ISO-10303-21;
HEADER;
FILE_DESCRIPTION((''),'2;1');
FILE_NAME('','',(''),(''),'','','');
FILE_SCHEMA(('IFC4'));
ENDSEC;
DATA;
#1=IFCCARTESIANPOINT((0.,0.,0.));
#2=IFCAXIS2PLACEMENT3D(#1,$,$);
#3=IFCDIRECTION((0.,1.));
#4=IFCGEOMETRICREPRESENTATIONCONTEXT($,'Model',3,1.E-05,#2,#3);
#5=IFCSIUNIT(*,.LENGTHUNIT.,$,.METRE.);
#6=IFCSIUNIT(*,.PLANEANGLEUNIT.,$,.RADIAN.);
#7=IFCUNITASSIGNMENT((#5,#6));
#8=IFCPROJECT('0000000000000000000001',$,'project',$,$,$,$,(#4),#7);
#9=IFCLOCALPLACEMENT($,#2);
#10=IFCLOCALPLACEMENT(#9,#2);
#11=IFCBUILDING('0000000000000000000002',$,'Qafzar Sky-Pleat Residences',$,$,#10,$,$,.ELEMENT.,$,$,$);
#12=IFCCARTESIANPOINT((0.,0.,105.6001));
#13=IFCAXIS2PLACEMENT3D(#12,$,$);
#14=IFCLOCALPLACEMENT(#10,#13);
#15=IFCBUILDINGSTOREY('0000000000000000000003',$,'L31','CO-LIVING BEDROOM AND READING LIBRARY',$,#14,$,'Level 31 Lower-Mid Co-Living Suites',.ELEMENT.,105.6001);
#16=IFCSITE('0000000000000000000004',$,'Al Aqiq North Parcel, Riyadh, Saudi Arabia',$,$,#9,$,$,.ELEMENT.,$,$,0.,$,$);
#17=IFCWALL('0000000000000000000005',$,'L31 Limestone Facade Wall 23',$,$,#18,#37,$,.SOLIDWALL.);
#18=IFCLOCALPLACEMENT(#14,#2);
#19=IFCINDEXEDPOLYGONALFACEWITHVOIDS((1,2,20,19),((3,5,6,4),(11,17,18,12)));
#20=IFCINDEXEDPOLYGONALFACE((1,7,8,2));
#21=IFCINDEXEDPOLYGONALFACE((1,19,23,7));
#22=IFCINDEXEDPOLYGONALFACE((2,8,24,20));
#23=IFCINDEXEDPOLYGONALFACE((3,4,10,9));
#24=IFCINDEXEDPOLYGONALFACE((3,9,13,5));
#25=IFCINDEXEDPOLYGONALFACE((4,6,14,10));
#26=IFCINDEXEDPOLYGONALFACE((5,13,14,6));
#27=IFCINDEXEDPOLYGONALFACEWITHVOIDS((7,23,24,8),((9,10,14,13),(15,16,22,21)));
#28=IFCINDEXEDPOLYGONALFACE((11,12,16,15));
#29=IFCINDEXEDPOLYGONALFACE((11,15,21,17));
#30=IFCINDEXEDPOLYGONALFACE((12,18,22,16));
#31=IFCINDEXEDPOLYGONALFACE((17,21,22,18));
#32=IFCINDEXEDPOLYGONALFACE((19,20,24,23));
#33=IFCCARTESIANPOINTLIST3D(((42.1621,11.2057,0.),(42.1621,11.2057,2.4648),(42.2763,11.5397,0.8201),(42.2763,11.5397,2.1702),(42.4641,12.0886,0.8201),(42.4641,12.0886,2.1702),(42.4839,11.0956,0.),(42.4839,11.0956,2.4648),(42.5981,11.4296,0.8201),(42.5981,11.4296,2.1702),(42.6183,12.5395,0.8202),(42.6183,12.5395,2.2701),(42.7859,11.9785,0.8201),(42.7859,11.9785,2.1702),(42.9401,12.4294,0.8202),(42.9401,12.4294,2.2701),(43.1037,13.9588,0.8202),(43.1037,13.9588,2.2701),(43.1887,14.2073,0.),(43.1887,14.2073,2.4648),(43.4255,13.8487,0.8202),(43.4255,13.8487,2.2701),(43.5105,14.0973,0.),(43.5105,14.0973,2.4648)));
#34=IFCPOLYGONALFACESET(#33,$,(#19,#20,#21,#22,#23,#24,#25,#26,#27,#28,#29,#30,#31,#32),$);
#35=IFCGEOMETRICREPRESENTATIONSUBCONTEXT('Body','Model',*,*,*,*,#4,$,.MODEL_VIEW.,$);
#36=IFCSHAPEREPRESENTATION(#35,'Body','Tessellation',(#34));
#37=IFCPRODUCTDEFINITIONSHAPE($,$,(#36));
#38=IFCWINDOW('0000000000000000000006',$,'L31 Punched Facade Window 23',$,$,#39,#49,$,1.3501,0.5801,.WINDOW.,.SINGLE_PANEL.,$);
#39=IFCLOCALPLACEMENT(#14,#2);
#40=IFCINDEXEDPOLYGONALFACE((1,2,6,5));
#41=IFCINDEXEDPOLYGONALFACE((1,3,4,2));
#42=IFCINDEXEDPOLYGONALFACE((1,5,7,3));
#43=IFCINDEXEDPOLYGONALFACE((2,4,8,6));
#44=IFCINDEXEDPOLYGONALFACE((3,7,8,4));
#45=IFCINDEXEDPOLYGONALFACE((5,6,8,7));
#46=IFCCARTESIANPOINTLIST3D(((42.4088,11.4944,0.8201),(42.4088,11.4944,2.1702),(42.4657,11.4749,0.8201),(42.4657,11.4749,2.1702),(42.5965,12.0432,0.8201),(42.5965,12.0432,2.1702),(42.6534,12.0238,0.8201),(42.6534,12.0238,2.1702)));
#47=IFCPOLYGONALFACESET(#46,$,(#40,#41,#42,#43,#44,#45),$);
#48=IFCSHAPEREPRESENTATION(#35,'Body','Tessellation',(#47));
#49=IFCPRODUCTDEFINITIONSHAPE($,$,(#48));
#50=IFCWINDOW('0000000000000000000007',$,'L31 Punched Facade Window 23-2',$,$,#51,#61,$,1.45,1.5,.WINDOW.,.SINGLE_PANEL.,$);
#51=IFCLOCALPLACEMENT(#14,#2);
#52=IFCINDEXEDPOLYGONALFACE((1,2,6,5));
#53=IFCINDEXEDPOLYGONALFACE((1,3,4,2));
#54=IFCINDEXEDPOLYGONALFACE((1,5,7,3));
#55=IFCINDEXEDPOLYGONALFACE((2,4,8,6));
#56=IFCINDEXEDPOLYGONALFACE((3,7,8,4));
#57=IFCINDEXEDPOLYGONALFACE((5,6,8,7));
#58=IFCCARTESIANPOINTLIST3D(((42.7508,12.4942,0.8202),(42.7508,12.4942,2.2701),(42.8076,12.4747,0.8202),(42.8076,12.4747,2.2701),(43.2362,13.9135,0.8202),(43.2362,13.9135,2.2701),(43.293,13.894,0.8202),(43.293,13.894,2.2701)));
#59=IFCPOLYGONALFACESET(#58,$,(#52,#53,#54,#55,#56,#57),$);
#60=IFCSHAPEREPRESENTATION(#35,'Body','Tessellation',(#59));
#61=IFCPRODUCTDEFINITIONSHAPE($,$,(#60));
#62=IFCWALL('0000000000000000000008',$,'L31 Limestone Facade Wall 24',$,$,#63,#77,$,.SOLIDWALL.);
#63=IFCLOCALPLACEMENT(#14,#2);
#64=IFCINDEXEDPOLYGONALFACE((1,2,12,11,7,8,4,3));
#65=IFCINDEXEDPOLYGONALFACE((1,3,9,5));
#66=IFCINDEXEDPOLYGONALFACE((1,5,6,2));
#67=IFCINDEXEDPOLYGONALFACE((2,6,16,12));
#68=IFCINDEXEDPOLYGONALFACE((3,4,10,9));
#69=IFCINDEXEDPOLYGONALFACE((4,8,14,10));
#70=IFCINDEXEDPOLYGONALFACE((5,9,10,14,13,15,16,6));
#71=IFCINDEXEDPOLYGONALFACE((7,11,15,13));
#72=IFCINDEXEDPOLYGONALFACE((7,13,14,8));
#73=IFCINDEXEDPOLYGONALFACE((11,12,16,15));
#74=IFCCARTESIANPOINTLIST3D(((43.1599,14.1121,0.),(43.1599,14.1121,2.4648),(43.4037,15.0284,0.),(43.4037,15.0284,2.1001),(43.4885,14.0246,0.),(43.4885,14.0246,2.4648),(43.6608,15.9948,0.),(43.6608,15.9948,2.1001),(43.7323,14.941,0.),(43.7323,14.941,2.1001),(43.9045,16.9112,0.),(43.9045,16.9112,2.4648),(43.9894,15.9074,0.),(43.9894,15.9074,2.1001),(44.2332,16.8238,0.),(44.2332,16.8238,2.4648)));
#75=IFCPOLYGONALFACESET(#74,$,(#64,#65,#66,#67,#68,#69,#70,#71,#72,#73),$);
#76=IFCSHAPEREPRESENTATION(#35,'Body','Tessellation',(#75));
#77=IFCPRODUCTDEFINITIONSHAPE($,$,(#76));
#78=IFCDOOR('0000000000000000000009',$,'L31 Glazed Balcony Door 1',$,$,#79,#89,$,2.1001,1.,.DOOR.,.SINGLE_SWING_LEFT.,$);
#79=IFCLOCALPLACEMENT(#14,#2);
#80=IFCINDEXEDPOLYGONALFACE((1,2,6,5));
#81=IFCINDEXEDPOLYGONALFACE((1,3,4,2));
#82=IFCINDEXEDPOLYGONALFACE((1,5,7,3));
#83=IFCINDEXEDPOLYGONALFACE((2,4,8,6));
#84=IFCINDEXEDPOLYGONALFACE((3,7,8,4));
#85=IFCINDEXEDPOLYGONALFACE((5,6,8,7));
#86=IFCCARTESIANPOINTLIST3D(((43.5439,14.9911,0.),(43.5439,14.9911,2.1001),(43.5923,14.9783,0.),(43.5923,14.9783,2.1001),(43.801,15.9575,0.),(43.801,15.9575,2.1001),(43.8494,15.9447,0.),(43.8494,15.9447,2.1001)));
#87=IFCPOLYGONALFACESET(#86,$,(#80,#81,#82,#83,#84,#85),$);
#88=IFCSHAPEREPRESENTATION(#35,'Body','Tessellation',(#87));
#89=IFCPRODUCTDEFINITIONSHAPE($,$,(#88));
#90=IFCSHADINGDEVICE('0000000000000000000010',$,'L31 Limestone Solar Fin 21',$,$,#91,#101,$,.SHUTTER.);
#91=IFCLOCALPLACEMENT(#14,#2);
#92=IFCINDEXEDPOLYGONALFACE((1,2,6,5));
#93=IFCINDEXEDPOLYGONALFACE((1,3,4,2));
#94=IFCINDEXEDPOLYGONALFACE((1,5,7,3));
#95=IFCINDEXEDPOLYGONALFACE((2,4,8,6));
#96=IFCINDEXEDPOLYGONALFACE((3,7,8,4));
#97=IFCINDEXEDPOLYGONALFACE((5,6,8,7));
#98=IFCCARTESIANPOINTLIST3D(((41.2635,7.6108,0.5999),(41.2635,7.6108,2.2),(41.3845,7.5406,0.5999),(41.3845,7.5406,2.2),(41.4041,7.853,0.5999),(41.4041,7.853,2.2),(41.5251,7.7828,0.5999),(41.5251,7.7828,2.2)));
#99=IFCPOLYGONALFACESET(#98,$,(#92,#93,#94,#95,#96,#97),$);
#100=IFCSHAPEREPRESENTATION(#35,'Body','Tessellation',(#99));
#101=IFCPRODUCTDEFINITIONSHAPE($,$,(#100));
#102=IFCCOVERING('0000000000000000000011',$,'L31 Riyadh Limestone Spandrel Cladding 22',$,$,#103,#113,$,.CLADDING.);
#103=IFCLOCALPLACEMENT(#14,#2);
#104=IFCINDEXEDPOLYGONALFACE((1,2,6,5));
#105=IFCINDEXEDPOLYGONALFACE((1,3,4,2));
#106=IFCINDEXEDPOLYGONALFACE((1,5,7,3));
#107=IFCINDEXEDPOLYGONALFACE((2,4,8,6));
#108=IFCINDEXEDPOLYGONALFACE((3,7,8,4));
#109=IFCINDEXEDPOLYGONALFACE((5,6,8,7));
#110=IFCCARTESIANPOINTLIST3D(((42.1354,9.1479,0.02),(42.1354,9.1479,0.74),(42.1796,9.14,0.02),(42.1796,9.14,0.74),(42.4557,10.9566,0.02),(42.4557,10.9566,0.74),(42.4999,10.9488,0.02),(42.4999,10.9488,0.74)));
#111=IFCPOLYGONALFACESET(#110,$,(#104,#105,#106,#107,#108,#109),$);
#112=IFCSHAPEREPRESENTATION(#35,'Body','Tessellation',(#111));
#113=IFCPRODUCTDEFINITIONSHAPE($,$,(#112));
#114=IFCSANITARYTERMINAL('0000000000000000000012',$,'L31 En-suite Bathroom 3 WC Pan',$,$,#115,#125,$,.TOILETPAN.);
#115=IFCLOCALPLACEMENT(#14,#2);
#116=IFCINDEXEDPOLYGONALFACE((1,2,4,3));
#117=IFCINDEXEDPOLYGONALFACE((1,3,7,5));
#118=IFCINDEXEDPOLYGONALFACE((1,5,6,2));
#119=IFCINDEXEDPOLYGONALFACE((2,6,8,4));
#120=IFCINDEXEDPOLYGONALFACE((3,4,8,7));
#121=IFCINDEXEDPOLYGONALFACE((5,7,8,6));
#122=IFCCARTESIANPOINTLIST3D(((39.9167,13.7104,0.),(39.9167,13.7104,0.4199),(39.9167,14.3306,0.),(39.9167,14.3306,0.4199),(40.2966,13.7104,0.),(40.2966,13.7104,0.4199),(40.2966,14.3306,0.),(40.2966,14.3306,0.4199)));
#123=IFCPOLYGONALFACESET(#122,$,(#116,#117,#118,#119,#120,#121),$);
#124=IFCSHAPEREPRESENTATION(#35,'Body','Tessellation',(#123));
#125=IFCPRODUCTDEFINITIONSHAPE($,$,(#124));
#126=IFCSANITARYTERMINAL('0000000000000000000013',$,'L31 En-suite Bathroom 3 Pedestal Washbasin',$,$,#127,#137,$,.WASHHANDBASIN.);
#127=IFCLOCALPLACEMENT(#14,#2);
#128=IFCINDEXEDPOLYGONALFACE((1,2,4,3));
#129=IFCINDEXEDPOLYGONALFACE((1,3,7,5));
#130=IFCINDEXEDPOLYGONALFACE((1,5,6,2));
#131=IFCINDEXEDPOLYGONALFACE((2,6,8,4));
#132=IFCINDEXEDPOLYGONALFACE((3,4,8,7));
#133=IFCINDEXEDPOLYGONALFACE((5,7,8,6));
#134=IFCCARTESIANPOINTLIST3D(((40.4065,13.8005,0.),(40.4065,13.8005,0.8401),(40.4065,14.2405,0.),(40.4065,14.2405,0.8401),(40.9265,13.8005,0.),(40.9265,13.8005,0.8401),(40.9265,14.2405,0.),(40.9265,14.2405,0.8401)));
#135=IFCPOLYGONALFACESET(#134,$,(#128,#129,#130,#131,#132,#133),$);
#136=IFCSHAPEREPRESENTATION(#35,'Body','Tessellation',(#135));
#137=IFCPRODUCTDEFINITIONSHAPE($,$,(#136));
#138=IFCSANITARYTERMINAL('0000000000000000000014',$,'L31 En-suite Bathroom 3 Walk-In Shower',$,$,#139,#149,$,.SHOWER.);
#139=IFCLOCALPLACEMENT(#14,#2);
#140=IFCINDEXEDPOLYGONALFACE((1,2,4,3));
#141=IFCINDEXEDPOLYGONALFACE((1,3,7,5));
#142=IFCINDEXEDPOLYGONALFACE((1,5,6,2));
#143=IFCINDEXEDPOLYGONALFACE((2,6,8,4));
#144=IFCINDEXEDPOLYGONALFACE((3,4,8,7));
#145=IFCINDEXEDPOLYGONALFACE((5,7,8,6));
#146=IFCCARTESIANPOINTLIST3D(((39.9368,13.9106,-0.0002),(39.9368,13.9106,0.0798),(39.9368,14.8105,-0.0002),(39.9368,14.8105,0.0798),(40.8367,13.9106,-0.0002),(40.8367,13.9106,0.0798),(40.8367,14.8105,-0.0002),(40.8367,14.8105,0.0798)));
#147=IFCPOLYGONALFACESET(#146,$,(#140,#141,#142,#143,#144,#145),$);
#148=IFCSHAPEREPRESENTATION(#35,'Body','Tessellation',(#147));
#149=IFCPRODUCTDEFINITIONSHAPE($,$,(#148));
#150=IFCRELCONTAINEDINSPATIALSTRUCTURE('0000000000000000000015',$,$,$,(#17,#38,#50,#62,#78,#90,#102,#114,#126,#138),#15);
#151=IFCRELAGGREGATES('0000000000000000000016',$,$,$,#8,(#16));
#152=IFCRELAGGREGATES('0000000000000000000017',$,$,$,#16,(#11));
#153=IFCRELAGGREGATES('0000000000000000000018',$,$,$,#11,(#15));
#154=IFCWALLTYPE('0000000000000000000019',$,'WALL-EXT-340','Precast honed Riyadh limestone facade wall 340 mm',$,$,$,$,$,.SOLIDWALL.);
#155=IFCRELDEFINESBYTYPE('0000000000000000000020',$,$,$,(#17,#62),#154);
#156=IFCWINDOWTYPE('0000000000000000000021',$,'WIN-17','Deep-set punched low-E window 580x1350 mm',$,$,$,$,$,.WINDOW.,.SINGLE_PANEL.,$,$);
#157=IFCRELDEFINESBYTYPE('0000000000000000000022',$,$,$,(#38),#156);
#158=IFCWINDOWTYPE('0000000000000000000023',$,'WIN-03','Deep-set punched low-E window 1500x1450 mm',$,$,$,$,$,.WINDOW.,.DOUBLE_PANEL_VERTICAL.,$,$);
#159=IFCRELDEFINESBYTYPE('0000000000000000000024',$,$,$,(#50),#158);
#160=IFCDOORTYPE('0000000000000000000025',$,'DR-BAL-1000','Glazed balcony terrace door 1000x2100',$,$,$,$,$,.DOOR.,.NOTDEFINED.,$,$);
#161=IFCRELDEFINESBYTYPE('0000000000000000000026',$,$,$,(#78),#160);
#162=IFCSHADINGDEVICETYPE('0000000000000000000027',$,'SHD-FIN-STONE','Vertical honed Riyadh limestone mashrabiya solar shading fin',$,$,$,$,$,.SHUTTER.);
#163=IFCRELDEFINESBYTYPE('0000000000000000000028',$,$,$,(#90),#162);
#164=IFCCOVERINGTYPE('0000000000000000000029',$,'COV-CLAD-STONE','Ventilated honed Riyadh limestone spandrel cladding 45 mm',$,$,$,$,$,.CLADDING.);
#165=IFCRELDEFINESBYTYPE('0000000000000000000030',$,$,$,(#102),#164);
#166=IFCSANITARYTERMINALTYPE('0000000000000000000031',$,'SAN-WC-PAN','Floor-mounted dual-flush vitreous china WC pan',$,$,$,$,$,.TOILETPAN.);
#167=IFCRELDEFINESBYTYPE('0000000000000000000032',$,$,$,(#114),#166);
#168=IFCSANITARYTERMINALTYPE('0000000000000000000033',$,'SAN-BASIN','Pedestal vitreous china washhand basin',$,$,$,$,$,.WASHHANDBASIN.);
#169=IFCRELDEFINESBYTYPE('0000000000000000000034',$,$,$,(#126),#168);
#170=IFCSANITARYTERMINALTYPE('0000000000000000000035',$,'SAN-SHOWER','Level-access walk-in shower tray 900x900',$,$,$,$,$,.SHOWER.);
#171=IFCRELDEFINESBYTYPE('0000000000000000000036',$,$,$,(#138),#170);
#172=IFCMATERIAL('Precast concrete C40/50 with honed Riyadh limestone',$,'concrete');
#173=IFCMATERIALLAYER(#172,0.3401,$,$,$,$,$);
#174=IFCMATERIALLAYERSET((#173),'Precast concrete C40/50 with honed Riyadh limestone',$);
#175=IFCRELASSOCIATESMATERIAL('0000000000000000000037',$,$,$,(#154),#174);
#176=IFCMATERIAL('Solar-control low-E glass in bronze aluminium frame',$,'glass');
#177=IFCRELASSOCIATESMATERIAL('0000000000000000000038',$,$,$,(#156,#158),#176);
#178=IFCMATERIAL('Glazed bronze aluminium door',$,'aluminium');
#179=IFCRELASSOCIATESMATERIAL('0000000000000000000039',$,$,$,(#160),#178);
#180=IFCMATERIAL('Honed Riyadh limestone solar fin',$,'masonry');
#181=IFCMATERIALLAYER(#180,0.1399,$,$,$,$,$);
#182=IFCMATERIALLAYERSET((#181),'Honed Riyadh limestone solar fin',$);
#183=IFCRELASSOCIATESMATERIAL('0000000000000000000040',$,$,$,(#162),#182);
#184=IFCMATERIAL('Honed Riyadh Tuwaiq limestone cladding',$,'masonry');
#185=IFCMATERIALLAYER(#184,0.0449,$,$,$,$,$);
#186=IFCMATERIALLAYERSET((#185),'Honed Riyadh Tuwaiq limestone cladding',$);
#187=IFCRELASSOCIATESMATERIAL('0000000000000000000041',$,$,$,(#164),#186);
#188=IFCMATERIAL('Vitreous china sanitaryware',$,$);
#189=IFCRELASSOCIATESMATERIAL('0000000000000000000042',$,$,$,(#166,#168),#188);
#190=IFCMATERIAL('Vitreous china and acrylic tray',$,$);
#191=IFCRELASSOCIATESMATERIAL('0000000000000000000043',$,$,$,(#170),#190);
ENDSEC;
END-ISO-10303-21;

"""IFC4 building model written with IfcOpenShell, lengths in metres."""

from ifc_helpers import new_model, si_unit, direction, frame, frame_2d, origin, origin_2d, place, context, subcontext, project, spatial, rectangle, extrude, source, transform, mapped, material, layer, layer_set, type_object, element, fill, save


model = new_model("IFC4")

# Units and contexts
model_context = context("Model", 3, precision=1e-05, world=origin(), true_north=direction((0.0, 1.0)))
body_context = subcontext(model_context, "Body", "Model", "MODEL_VIEW")
ifc_project = project(units=[si_unit("LENGTHUNIT", "METRE"), si_unit("PLANEANGLEUNIT", "RADIAN")], contexts=[model_context])

# Site, building, storey
site_placement = place(None, origin())
site = spatial("IfcSite", under=ifc_project, at=site_placement, Name="Al Aqiq North Parcel, Riyadh, Saudi Arabia", CompositionType="ELEMENT", RefElevation=0.0)
building_placement = place(site_placement, origin())
building = spatial("IfcBuilding", under=site, at=building_placement, Name="Qafzar Sky-Pleat Residences", CompositionType="ELEMENT")
storey_placement = place(building_placement, frame((0.0, 0.0, 105.6001)))
storey = spatial("IfcBuildingStorey", under=building, at=storey_placement, Name="L31", Description="CO-LIVING BEDROOM AND READING LIBRARY", LongName="Level 31 Lower-Mid Co-Living Suites", CompositionType="ELEMENT", Elevation=105.6001)

# Shared definitions
ifc_material_1 = material(Name="Precast concrete C40/50 with honed Riyadh limestone", Category="concrete")
ifc_layer_1 = layer(ifc_material_1, 0.3401)
ifc_layer_set_1 = layer_set([ifc_layer_1], Name="Precast concrete C40/50 with honed Riyadh limestone")
wall_type_1 = type_object("IfcWallType", Name="WALL-EXT-340", Description="Precast honed Riyadh limestone facade wall 340 mm", PredefinedType="SOLIDWALL", material=ifc_layer_set_1)
ifc_material_2 = material(Name="Solar-control low-E glass in bronze aluminium frame", Category="glass")

# Wall, openings, windows
wall_1_placement = place(storey_placement, frame((42.323, 11.1506, 0.0), z_axis=(0.0, 0.0, 1.0), x_axis=(0.323606, 0.946192, 0.0)))
wall_1 = element("IfcWall", 1, at=wall_1_placement, inside=storey, type_object=wall_type_1, Name="L31 Limestone Facade Wall 23", PredefinedType="SOLIDWALL", context=body_context, shape_type="SweptSolid", body=[
    extrude(rectangle(XDim=3.1724, YDim=0.3401, at=frame_2d((1.5862, 0.0))), origin(), (0.0, 0.0, 1.0), 2.4648),
])
opening_1_placement = place(wall_1_placement, frame((0.353, 0.0, 0.8201)))
opening_1 = element("IfcOpeningElement", 2, at=opening_1_placement, cuts=wall_1, PredefinedType="OPENING", context=body_context, shape_type="SweptSolid", body=[
    extrude(rectangle(XDim=0.5801, YDim=1.3501, at=frame_2d((0.29, 0.675))), frame((0.0, 0.1802, 0.0), z_axis=(0.0, -1.0, 0.0), x_axis=(1.0, 0.0, 0.0)), (0.0, 0.0, 1.0), 0.3601),
])
opening_2_placement = place(wall_1_placement, frame((1.4097, 0.0, 0.8201)))
opening_2 = element("IfcOpeningElement", 3, at=opening_2_placement, cuts=wall_1, PredefinedType="OPENING", context=body_context, shape_type="SweptSolid", body=[
    extrude(rectangle(XDim=1.5, YDim=1.45, at=frame_2d((0.75, 0.7251))), frame((0.0, 0.1802, 0.0), z_axis=(0.0, -1.0, 0.0), x_axis=(1.0, 0.0, 0.0)), (0.0, 0.0, 1.0), 0.3601),
])
window_type_1 = type_object("IfcWindowType", Name="WIN-17", Description="Deep-set punched low-E window 580x1350 mm", PartitioningType="SINGLE_PANEL", PredefinedType="WINDOW", material=ifc_material_2)
shared_shape_1 = source(origin(), body_context, "Body", "SweptSolid", [
    extrude(rectangle(XDim=0.5801, YDim=1.3501, at=frame_2d((0.29, 0.675))), frame((0.0, 0.03, 0.0), z_axis=(0.0, -1.0, 0.0), x_axis=(1.0, 0.0, 0.0)), (0.0, 0.0, 1.0), 0.0601),
])
window_1_placement = place(opening_1_placement, origin())
window_1 = element("IfcWindow", 4, at=window_1_placement, inside=storey, type_object=window_type_1, Name="L31 Punched Facade Window 23", OverallHeight=1.3501, OverallWidth=0.5801, PartitioningType="SINGLE_PANEL", PredefinedType="WINDOW", context=body_context, shape_type="MappedRepresentation", body=[
    mapped(shared_shape_1, transform((0.0, 0.0, 0.0), x_axis=(1.0, 0.0, 0.0), y_axis=(0.0, 1.0, 0.0), z_axis=(0.0, 0.0, 1.0), scale=1.0)),
])
fill(opening_1, window_1)
window_type_2 = type_object("IfcWindowType", Name="WIN-03", Description="Deep-set punched low-E window 1500x1450 mm", PartitioningType="DOUBLE_PANEL_VERTICAL", PredefinedType="WINDOW", material=ifc_material_2)
shared_shape_2 = source(origin(), body_context, "Body", "SweptSolid", [
    extrude(rectangle(XDim=1.5, YDim=1.45, at=frame_2d((0.75, 0.7251))), frame((0.0, 0.03, 0.0), z_axis=(0.0, -1.0, 0.0), x_axis=(1.0, 0.0, 0.0)), (0.0, 0.0, 1.0), 0.0601),
])
window_2_placement = place(opening_2_placement, origin())
window_2 = element("IfcWindow", 5, at=window_2_placement, inside=storey, type_object=window_type_2, Name="L31 Punched Facade Window 23-2", OverallHeight=1.45, OverallWidth=1.5, PartitioningType="SINGLE_PANEL", PredefinedType="WINDOW", context=body_context, shape_type="MappedRepresentation", body=[
    mapped(shared_shape_2, transform((0.0, 0.0, 0.0), x_axis=(1.0, 0.0, 0.0), y_axis=(0.0, 1.0, 0.0), z_axis=(0.0, 0.0, 1.0), scale=1.0)),
])
fill(opening_2, window_2)

# Wall, opening, door
wall_2_placement = place(storey_placement, frame((43.3242, 14.0684, 0.0), z_axis=(0.0, 0.0, 1.0), x_axis=(0.257086, 0.966389, 0.0)))
wall_2 = element("IfcWall", 6, at=wall_2_placement, inside=storey, type_object=wall_type_1, Name="L31 Limestone Facade Wall 24", PredefinedType="SOLIDWALL", context=body_context, shape_type="SweptSolid", body=[
    extrude(rectangle(XDim=2.8965, YDim=0.3401, at=frame_2d((1.4482, 0.0))), origin(), (0.0, 0.0, 1.0), 2.4648),
])
opening_3_placement = place(wall_2_placement, frame((0.9482, 0.0, 0.0)))
opening_3 = element("IfcOpeningElement", 7, at=opening_3_placement, cuts=wall_2, PredefinedType="OPENING", context=body_context, shape_type="SweptSolid", body=[
    extrude(rectangle(XDim=1.0, YDim=2.1001, at=frame_2d((0.5, 1.05))), frame((0.0, 0.1802, 0.0), z_axis=(0.0, -1.0, 0.0), x_axis=(1.0, 0.0, 0.0)), (0.0, 0.0, 1.0), 0.3601),
])
ifc_material_3 = material(Name="Glazed bronze aluminium door", Category="aluminium")
door_type_1 = type_object("IfcDoorType", Name="DR-BAL-1000", Description="Glazed balcony terrace door 1000x2100", OperationType="NOTDEFINED", PredefinedType="DOOR", material=ifc_material_3)
shared_shape_3 = source(origin(), body_context, "Body", "SweptSolid", [
    extrude(rectangle(XDim=1.0, YDim=2.1001, at=frame_2d((0.5, 1.05))), frame((0.0, 0.0249, 0.0), z_axis=(0.0, -1.0, 0.0), x_axis=(1.0, 0.0, 0.0)), (0.0, 0.0, 1.0), 0.05),
])
door_1_placement = place(opening_3_placement, origin())
door_1 = element("IfcDoor", 8, at=door_1_placement, inside=storey, type_object=door_type_1, Name="L31 Glazed Balcony Door 1", OperationType="SINGLE_SWING_LEFT", OverallHeight=2.1001, OverallWidth=1.0, PredefinedType="DOOR", context=body_context, shape_type="MappedRepresentation", body=[
    mapped(shared_shape_3, transform((0.0, 0.0, 0.0), x_axis=(1.0, 0.0, 0.0), y_axis=(0.0, 1.0, 0.0), z_axis=(0.0, 0.0, 1.0), scale=1.0)),
])
fill(opening_3, door_1)

# Shading device
ifc_material_4 = material(Name="Honed Riyadh limestone solar fin", Category="masonry")
ifc_layer_2 = layer(ifc_material_4, 0.1399)
ifc_layer_set_2 = layer_set([ifc_layer_2], Name="Honed Riyadh limestone solar fin")
shading_device_type = type_object("IfcShadingDeviceType", Name="SHD-FIN-STONE", Description="Vertical honed Riyadh limestone mashrabiya solar shading fin", PredefinedType="SHUTTER", material=ifc_layer_set_2)
shared_shape_4 = source(origin(), body_context, "Body", "SweptSolid", [
    extrude(rectangle(XDim=0.1399, YDim=0.28, at=origin_2d()), origin(), (0.0, 0.0, 1.0), 1.6001),
])
shading_device_placement = place(storey_placement, frame((41.3943, 7.6968, 0.5999), z_axis=(0.0, 0.0, 1.0), x_axis=(0.864887, -0.501967, 0.0)))
element("IfcShadingDevice", 9, at=shading_device_placement, inside=storey, type_object=shading_device_type, Name="L31 Limestone Solar Fin 21", PredefinedType="SHUTTER", context=body_context, shape_type="MappedRepresentation", body=[
    mapped(shared_shape_4, transform((0.0, 0.0, 0.0), x_axis=(1.0, 0.0, 0.0), y_axis=(0.0, 1.0, 0.0), z_axis=(0.0, 0.0, 1.0), scale=1.0)),
])

# Covering
ifc_material_5 = material(Name="Honed Riyadh Tuwaiq limestone cladding", Category="masonry")
ifc_layer_3 = layer(ifc_material_5, 0.0449)
ifc_layer_set_3 = layer_set([ifc_layer_3], Name="Honed Riyadh Tuwaiq limestone cladding")
covering_type = type_object("IfcCoveringType", Name="COV-CLAD-STONE", Description="Ventilated honed Riyadh limestone spandrel cladding 45 mm", PredefinedType="CLADDING", material=ifc_layer_set_3)
shared_shape_5 = source(origin(), body_context, "Body", "SweptSolid", [
    extrude(rectangle(XDim=1.8369, YDim=0.0449, at=origin_2d()), origin(), (0.0, 0.0, 1.0), 0.72),
])
covering_placement = place(storey_placement, frame((42.3176, 10.0483, 0.02), z_axis=(0.0, 0.0, 1.0), x_axis=(0.174369, 0.98468, 0.0)))
element("IfcCovering", 10, at=covering_placement, inside=storey, type_object=covering_type, Name="L31 Riyadh Limestone Spandrel Cladding 22", PredefinedType="CLADDING", context=body_context, shape_type="MappedRepresentation", body=[
    mapped(shared_shape_5, transform((0.0, 0.0, 0.0), x_axis=(1.0, 0.0, 0.0), y_axis=(0.0, 1.0, 0.0), z_axis=(0.0, 0.0, 1.0), scale=1.0)),
])

# Sanitary terminals
ifc_material_6 = material(Name="Vitreous china sanitaryware")
sanitary_terminal_type_1 = type_object("IfcSanitaryTerminalType", Name="SAN-WC-PAN", Description="Floor-mounted dual-flush vitreous china WC pan", PredefinedType="TOILETPAN", material=ifc_material_6)
shared_shape_6 = source(origin(), body_context, "Body", "SweptSolid", [
    extrude(rectangle(XDim=0.3799, YDim=0.6201, at=origin_2d()), origin(), (0.0, 0.0, 1.0), 0.4199),
])
sanitary_terminal_1_placement = place(storey_placement, frame((40.1067, 14.0205, 0.0), z_axis=(0.0, 0.0, 1.0), x_axis=(1.0, 0.0, 0.0)))
element("IfcSanitaryTerminal", 11, at=sanitary_terminal_1_placement, inside=storey, type_object=sanitary_terminal_type_1, Name="L31 En-suite Bathroom 3 WC Pan", PredefinedType="TOILETPAN", context=body_context, shape_type="MappedRepresentation", body=[
    mapped(shared_shape_6, transform((0.0, 0.0, 0.0), x_axis=(1.0, 0.0, 0.0), y_axis=(0.0, 1.0, 0.0), z_axis=(0.0, 0.0, 1.0), scale=1.0)),
])
sanitary_terminal_type_2 = type_object("IfcSanitaryTerminalType", Name="SAN-BASIN", Description="Pedestal vitreous china washhand basin", PredefinedType="WASHHANDBASIN", material=ifc_material_6)
shared_shape_7 = source(origin(), body_context, "Body", "SweptSolid", [
    extrude(rectangle(XDim=0.52, YDim=0.4399, at=origin_2d()), origin(), (0.0, 0.0, 1.0), 0.8401),
])
sanitary_terminal_2_placement = place(storey_placement, frame((40.6665, 14.0205, 0.0), z_axis=(0.0, 0.0, 1.0), x_axis=(1.0, 0.0, 0.0)))
element("IfcSanitaryTerminal", 12, at=sanitary_terminal_2_placement, inside=storey, type_object=sanitary_terminal_type_2, Name="L31 En-suite Bathroom 3 Pedestal Washbasin", PredefinedType="WASHHANDBASIN", context=body_context, shape_type="MappedRepresentation", body=[
    mapped(shared_shape_7, transform((0.0, 0.0, 0.0), x_axis=(1.0, 0.0, 0.0), y_axis=(0.0, 1.0, 0.0), z_axis=(0.0, 0.0, 1.0), scale=1.0)),
])
ifc_material_7 = material(Name="Vitreous china and acrylic tray")
sanitary_terminal_type_3 = type_object("IfcSanitaryTerminalType", Name="SAN-SHOWER", Description="Level-access walk-in shower tray 900x900", PredefinedType="SHOWER", material=ifc_material_7)
shared_shape_8 = source(origin(), body_context, "Body", "SweptSolid", [
    extrude(rectangle(XDim=0.8999, YDim=0.8999, at=origin_2d()), origin(), (0.0, 0.0, 1.0), 0.0801),
])
sanitary_terminal_3_placement = place(storey_placement, frame((40.3867, 14.3606, -0.0002), z_axis=(0.0, 0.0, 1.0), x_axis=(1.0, 0.0, 0.0)))
element("IfcSanitaryTerminal", 13, at=sanitary_terminal_3_placement, inside=storey, type_object=sanitary_terminal_type_3, Name="L31 En-suite Bathroom 3 Walk-In Shower", PredefinedType="SHOWER", context=body_context, shape_type="MappedRepresentation", body=[
    mapped(shared_shape_8, transform((0.0, 0.0, 0.0), x_axis=(1.0, 0.0, 0.0), y_axis=(0.0, 1.0, 0.0), z_axis=(0.0, 0.0, 1.0), scale=1.0)),
])

save(model, "model.ifc")
